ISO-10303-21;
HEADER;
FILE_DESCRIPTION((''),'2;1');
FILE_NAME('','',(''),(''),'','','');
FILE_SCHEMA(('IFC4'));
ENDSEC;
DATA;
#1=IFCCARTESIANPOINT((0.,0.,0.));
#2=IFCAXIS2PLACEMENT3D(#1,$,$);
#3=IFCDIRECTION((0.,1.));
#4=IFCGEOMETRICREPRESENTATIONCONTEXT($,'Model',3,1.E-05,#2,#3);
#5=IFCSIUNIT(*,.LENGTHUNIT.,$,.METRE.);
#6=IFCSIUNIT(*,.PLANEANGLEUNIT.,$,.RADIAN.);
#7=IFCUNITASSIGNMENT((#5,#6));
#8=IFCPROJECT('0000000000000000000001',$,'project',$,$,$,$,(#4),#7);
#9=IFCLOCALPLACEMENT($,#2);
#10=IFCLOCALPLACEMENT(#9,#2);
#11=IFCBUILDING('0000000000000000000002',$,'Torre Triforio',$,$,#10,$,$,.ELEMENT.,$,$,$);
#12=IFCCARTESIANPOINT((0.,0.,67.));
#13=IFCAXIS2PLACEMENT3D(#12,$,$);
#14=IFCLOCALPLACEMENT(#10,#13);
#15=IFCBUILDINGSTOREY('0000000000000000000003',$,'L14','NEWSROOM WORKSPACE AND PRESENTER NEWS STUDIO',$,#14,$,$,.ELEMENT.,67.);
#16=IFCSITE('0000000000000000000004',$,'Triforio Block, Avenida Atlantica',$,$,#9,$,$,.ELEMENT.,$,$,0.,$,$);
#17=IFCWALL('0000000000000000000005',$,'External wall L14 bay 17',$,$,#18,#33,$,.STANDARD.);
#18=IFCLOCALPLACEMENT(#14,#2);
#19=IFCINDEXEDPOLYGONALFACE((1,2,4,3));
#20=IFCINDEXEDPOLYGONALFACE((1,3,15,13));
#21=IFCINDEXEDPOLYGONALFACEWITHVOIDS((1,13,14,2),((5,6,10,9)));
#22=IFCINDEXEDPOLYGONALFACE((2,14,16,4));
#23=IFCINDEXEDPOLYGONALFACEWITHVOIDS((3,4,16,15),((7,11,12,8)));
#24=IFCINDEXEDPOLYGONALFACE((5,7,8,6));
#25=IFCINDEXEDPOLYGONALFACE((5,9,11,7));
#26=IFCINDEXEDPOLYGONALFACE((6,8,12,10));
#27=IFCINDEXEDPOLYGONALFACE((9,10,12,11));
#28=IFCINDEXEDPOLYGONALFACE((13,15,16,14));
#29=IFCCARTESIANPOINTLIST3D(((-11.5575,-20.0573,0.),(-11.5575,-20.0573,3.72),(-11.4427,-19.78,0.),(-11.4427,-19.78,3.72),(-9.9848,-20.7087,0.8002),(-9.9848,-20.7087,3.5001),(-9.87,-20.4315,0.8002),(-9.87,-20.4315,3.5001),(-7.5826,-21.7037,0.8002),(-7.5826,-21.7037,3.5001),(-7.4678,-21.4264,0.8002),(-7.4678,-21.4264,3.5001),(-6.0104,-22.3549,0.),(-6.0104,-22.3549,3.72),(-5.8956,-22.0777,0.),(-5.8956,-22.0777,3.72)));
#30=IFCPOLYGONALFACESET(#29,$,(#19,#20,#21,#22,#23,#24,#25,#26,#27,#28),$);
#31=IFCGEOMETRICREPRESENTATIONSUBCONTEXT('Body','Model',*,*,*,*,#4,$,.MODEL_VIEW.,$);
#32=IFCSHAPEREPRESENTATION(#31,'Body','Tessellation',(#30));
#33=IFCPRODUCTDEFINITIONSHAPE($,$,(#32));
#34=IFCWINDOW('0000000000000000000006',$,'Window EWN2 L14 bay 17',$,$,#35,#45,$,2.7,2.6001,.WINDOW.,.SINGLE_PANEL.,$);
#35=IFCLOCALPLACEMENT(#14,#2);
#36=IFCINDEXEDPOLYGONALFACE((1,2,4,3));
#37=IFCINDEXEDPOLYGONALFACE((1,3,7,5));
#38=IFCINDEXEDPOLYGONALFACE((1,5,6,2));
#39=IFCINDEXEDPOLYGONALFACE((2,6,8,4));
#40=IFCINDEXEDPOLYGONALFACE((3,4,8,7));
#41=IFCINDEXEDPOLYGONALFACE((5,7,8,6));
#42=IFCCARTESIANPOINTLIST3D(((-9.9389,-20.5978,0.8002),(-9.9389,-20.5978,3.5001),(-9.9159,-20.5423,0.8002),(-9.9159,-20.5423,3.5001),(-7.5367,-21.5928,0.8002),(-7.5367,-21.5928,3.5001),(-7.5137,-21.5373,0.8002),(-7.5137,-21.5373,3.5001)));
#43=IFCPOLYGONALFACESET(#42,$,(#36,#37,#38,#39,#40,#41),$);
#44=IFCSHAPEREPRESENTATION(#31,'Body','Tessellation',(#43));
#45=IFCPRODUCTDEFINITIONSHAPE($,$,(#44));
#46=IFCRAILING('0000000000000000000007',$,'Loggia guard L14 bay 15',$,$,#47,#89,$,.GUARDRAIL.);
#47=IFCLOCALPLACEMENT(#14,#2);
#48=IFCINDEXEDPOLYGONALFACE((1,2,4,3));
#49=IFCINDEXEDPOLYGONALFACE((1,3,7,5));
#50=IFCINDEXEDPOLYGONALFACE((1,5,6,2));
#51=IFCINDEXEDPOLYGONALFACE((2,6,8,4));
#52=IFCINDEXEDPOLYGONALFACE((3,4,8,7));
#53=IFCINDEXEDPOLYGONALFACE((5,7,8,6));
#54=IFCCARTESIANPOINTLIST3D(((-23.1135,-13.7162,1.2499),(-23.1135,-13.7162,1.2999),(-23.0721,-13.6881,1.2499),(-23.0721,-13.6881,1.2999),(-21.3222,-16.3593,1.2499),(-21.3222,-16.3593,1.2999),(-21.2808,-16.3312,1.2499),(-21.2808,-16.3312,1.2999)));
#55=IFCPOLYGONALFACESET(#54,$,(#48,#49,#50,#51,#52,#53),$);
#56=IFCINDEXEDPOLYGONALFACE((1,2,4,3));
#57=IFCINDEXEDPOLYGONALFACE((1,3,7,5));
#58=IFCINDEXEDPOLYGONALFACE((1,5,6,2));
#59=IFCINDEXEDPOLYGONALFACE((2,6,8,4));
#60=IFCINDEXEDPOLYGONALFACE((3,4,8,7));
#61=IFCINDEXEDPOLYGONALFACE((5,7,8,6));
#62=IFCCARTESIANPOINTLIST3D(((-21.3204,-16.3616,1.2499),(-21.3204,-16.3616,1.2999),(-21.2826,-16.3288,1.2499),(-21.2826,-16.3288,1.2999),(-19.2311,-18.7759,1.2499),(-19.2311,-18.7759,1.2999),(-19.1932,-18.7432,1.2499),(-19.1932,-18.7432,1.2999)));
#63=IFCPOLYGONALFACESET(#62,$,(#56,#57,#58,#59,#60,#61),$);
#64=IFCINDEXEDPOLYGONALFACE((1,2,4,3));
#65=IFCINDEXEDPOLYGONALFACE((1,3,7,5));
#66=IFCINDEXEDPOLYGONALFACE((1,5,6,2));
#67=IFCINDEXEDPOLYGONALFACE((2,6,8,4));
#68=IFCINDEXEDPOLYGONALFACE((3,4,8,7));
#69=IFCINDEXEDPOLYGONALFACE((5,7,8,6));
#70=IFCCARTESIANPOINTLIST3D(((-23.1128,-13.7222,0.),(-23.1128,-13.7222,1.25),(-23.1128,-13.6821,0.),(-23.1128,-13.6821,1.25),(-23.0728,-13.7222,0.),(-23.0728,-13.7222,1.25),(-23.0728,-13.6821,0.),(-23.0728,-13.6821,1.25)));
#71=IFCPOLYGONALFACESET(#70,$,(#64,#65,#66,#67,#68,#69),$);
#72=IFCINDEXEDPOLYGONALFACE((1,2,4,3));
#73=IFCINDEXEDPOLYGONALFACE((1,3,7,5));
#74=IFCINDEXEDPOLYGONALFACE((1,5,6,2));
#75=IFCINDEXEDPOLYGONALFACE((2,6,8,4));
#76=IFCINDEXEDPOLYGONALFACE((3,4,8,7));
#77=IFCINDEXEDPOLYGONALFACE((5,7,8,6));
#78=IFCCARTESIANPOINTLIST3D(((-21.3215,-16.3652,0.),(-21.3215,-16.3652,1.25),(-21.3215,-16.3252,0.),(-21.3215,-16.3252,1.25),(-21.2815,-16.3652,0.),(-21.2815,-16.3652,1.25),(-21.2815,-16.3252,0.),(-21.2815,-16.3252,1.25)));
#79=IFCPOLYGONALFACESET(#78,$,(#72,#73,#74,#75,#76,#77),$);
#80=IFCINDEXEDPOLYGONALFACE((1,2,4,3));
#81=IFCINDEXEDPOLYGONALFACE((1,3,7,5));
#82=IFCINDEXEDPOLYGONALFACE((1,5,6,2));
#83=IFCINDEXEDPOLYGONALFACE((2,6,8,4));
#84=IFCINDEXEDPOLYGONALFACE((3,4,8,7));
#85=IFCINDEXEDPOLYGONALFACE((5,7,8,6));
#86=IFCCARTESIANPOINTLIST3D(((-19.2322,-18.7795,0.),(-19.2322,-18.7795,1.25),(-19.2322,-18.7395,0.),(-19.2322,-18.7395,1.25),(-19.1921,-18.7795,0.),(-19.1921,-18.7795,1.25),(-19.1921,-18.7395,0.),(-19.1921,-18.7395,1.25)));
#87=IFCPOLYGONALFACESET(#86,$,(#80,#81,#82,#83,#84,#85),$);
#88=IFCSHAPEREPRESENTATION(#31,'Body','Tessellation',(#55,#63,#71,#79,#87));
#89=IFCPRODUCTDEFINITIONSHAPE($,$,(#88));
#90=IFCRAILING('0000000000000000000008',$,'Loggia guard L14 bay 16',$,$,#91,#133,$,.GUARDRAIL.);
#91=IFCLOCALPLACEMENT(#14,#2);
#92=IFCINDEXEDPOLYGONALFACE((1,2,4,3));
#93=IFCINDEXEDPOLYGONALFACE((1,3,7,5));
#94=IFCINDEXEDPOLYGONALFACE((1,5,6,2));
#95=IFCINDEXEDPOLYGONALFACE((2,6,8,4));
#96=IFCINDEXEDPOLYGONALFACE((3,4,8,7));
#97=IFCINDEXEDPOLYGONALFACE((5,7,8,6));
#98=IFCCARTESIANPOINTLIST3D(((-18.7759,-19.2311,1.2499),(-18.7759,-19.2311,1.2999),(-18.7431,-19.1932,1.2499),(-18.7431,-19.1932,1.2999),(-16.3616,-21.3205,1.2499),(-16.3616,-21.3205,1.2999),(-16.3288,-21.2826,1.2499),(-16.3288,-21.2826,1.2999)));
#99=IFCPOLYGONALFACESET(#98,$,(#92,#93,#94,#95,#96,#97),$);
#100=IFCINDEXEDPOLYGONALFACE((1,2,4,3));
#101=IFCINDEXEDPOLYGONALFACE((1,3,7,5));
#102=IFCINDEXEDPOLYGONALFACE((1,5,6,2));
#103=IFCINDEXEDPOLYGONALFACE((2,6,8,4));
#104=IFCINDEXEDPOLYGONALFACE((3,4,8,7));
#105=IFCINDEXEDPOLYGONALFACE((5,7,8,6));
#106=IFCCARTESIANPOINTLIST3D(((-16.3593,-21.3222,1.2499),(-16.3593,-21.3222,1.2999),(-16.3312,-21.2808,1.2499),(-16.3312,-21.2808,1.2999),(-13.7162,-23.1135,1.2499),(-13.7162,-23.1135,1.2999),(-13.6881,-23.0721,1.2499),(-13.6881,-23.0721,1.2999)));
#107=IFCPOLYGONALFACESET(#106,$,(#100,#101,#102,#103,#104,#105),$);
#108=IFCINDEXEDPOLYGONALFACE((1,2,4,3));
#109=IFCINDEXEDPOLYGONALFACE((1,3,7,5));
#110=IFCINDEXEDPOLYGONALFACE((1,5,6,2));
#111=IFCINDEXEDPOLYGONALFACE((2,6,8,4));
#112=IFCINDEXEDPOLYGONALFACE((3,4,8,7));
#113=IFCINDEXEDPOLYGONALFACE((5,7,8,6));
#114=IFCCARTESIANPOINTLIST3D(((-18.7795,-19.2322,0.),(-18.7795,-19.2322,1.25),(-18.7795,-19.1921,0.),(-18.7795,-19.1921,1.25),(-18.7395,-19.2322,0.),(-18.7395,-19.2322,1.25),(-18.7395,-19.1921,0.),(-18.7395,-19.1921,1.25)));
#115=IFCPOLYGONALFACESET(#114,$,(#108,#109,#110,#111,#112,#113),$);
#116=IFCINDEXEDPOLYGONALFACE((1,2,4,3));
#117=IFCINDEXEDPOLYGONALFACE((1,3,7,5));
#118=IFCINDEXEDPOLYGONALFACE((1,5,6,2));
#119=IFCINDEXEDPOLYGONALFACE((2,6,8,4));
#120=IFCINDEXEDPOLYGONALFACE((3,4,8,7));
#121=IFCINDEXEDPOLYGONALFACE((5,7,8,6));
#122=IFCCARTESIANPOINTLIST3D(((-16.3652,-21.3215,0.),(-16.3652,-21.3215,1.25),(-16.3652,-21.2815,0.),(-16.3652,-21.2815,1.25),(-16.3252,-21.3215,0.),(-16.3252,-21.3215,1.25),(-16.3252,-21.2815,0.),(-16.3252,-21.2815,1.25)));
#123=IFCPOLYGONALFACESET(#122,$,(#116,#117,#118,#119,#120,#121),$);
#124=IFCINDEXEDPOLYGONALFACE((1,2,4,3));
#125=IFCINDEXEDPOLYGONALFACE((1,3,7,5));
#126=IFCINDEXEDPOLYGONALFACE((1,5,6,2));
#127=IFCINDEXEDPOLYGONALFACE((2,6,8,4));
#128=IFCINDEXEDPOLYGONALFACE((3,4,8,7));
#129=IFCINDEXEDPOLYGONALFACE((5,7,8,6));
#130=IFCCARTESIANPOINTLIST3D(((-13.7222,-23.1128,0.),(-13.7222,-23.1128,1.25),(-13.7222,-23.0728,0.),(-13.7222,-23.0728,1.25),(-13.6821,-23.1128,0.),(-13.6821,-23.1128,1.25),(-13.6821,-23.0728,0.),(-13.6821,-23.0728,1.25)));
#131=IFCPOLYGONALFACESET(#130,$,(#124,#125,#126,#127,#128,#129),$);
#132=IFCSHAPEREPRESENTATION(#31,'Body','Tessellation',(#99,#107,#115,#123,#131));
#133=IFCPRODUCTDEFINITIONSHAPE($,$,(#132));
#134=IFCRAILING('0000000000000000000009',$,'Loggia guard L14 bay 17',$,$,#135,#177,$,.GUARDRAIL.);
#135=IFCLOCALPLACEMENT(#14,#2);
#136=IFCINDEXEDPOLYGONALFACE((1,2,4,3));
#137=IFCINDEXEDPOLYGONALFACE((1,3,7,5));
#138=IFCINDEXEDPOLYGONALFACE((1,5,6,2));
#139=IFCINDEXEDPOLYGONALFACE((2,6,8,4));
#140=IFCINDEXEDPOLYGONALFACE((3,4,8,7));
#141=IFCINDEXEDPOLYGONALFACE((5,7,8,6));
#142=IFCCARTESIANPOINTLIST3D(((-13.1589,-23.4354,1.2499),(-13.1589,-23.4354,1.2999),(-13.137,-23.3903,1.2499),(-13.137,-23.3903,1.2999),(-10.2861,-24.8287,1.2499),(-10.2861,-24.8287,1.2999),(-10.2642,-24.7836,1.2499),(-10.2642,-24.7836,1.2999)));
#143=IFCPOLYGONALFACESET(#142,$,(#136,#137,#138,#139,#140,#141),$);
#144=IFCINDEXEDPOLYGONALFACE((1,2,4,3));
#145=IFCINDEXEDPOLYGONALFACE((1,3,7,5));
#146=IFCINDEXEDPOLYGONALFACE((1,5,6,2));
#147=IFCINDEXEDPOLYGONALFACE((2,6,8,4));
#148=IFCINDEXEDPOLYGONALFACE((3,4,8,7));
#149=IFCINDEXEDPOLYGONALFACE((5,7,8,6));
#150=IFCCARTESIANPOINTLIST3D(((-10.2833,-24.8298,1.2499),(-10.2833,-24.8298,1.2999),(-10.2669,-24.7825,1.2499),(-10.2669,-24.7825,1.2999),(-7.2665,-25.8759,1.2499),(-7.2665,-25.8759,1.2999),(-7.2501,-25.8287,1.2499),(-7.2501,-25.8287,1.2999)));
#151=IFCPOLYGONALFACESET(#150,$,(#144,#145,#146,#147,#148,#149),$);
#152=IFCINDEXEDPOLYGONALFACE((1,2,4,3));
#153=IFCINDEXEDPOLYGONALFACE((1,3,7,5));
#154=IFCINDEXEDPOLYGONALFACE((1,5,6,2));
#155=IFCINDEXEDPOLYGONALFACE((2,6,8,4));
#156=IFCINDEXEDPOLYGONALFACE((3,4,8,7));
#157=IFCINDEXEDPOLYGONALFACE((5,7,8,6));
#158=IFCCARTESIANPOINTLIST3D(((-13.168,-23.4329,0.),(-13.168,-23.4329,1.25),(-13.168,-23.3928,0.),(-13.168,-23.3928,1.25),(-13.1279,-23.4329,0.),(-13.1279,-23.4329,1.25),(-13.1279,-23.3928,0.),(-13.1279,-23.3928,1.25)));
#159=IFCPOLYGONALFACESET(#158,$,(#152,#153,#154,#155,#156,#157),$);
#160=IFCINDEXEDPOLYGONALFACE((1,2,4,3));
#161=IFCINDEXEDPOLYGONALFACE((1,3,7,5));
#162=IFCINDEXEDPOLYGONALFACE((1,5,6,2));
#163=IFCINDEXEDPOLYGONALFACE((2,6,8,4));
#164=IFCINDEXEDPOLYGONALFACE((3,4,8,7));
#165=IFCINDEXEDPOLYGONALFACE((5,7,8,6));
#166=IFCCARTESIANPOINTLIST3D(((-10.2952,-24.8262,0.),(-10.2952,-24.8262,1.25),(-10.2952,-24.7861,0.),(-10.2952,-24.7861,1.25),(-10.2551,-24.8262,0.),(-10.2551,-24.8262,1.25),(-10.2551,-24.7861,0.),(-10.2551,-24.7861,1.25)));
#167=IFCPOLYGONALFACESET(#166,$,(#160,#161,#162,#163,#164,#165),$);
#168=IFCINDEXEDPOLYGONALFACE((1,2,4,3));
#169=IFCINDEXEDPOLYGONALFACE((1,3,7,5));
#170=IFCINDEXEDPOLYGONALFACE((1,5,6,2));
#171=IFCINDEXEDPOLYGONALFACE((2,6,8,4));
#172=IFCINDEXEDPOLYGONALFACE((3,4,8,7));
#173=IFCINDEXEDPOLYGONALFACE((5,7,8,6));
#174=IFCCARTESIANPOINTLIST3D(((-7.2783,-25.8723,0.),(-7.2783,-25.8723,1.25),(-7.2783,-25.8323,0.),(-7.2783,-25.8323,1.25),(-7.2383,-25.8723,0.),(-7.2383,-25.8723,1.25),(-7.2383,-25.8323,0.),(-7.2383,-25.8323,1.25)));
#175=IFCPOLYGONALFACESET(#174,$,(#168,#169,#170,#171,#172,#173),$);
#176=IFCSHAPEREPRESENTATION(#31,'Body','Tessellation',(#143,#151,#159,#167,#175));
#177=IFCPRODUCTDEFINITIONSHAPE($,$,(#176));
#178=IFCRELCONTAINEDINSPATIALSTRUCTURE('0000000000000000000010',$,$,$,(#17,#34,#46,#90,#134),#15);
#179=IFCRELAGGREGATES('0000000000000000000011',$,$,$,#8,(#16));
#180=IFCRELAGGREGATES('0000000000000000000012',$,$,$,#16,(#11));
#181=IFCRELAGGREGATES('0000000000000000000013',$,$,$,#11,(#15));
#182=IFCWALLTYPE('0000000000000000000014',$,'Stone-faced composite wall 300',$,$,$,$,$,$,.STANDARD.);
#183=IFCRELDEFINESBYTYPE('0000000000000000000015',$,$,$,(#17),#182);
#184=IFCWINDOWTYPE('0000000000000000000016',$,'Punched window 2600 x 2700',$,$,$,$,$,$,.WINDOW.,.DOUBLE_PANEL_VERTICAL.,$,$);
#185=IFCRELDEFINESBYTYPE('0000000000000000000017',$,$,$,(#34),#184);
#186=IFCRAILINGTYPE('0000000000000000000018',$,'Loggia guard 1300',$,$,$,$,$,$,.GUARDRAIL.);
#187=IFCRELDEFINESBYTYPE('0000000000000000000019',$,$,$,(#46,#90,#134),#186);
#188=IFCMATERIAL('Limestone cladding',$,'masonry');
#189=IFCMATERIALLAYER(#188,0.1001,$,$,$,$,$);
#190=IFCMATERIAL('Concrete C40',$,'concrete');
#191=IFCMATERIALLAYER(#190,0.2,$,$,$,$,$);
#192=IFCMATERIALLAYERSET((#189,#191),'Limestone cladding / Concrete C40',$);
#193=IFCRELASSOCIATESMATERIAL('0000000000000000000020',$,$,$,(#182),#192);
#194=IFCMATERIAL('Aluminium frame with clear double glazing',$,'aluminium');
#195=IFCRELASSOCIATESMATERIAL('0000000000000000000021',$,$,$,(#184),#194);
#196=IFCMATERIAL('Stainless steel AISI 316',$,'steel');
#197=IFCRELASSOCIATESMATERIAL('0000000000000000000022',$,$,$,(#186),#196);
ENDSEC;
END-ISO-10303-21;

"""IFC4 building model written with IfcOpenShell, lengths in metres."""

from ifc_helpers import new_model, si_unit, direction, frame, frame_2d, origin, origin_2d, place, context, subcontext, project, spatial, rectangle, extrude, material, layer, layer_set, type_object, element, fill, save


model = new_model("IFC4")

# Units and contexts
model_context = context("Model", 3, precision=1e-05, world=origin(), true_north=direction((0.0, 1.0)))
body_context = subcontext(model_context, "Body", "Model", "MODEL_VIEW")
ifc_project = project(units=[si_unit("LENGTHUNIT", "METRE"), si_unit("PLANEANGLEUNIT", "RADIAN")], contexts=[model_context])

# Site, building, storey
site_placement = place(None, origin())
site = spatial("IfcSite", under=ifc_project, at=site_placement, Name="Triforio Block, Avenida Atlantica", CompositionType="ELEMENT", RefElevation=0.0)
building_placement = place(site_placement, origin())
building = spatial("IfcBuilding", under=site, at=building_placement, Name="Torre Triforio", CompositionType="ELEMENT")
storey_placement = place(building_placement, frame((0.0, 0.0, 67.0)))
storey = spatial("IfcBuildingStorey", under=building, at=storey_placement, Name="L14", Description="NEWSROOM WORKSPACE AND PRESENTER NEWS STUDIO", CompositionType="ELEMENT", Elevation=67.0)

# Shared definitions
ifc_material_1 = material(Name="Limestone cladding", Category="masonry")
ifc_material_2 = material(Name="Concrete C40", Category="concrete")

# Shared definitions
ifc_layer_1 = layer(ifc_material_1, 0.1001)
ifc_layer_2 = layer(ifc_material_2, 0.2)
ifc_layer_set_1 = layer_set([ifc_layer_1, ifc_layer_2], Name="Limestone cladding / Concrete C40")
wall_type_1 = type_object("IfcWallType", Name="Stone-faced composite wall 300", PredefinedType="STANDARD", material=ifc_layer_set_1)
ifc_material_3 = material(Name="Aluminium frame with clear double glazing", Category="aluminium")
window_type_1 = type_object("IfcWindowType", Name="Punched window 2600 x 2700", PartitioningType="DOUBLE_PANEL_VERTICAL", PredefinedType="WINDOW", material=ifc_material_3)

# Wall, opening, window
wall_1_placement = place(storey_placement, frame((-11.5, -19.9187, 0.0), z_axis=(0.0, 0.0, 1.0), x_axis=(0.923885, -0.382671, 0.0)))
wall_1 = element("IfcWall", 1, at=wall_1_placement, inside=storey, type_object=wall_type_1, Name="External wall L14 bay 17", PredefinedType="STANDARD", context=body_context, shape_type="SweptSolid", body=[
    extrude(rectangle(XDim=6.0042, YDim=0.3, at=frame_2d((3.002, 0.0))), origin(), (0.0, 0.0, 1.0), 3.72),
])
opening_1_placement = place(wall_1_placement, frame((1.7021, 0.0, 0.8)))
opening_1 = element("IfcOpeningElement", 2, at=opening_1_placement, cuts=wall_1, PredefinedType="OPENING", context=body_context, shape_type="SweptSolid", body=[
    extrude(rectangle(XDim=2.6001, YDim=2.7, at=frame_2d((1.3, 1.3501))), frame((0.0, 0.1599, 0.0), z_axis=(0.0, -1.0, 0.0), x_axis=(1.0, 0.0, 0.0)), (0.0, 0.0, 1.0), 0.3201),
])
window_1_placement = place(opening_1_placement, origin())
window_1 = element("IfcWindow", 3, at=window_1_placement, inside=storey, type_object=window_type_1, Name="Window EWN2 L14 bay 17", OverallHeight=2.7, OverallWidth=2.6001, PartitioningType="SINGLE_PANEL", PredefinedType="WINDOW", context=body_context, shape_type="SweptSolid", body=[
    extrude(rectangle(XDim=2.6001, YDim=2.7, at=frame_2d((1.3, 1.3501))), frame((0.0, 0.03, 0.0), z_axis=(0.0, -1.0, 0.0), x_axis=(1.0, 0.0, 0.0)), (0.0, 0.0, 1.0), 0.0601),
])
fill(opening_1, window_1)

# Railings
ifc_material_4 = material(Name="Stainless steel AISI 316", Category="steel")
railing_type = type_object("IfcRailingType", Name="Loggia guard 1300", PredefinedType="GUARDRAIL", material=ifc_material_4)
railing_1_placement = place(storey_placement, frame((-23.0928, -13.7021, 0.0)))
element("IfcRailing", 4, at=railing_1_placement, inside=storey, type_object=railing_type, Name="Loggia guard L14 bay 15", PredefinedType="GUARDRAIL", context=body_context, shape_type="SweptSolid", body=[
    extrude(rectangle(XDim=0.05, YDim=0.05, at=origin_2d()), frame((0.0, 0.0, 1.2749), z_axis=(0.561019, -0.827803, 0.0), x_axis=(0.827803, 0.561019, 0.0)), (0.0, 0.0, 1.0), 3.1929),
    extrude(rectangle(XDim=0.05, YDim=0.05, at=origin_2d()), frame((1.7913, -2.6431, 1.2749), z_axis=(0.654386, -0.756161, 0.0), x_axis=(0.756161, 0.654386, 0.0)), (0.0, 0.0, 1.0), 3.1929),
    extrude(rectangle(XDim=0.04, YDim=0.04, at=origin_2d()), origin(), (0.0, 0.0, 1.0), 1.25),
    extrude(rectangle(XDim=0.04, YDim=0.04, at=origin_2d()), frame((1.7913, -2.6431, 0.0)), (0.0, 0.0, 1.0), 1.25),
    extrude(rectangle(XDim=0.04, YDim=0.04, at=origin_2d()), frame((3.8806, -5.0574, 0.0)), (0.0, 0.0, 1.0), 1.25),
])
railing_2_placement = place(storey_placement, frame((-18.7595, -19.2122, 0.0)))
element("IfcRailing", 5, at=railing_2_placement, inside=storey, type_object=railing_type, Name="Loggia guard L14 bay 16", PredefinedType="GUARDRAIL", context=body_context, shape_type="SweptSolid", body=[
    extrude(rectangle(XDim=0.05, YDim=0.05, at=origin_2d()), frame((0.0, 0.0, 1.2749), z_axis=(0.756161, -0.654386, 0.0), x_axis=(0.654386, 0.756161, 0.0)), (0.0, 0.0, 1.0), 3.1929),
    extrude(rectangle(XDim=0.05, YDim=0.05, at=origin_2d()), frame((2.4143, -2.0894, 1.2749), z_axis=(0.827803, -0.561019, 0.0), x_axis=(0.561019, 0.827803, 0.0)), (0.0, 0.0, 1.0), 3.1929),
    extrude(rectangle(XDim=0.04, YDim=0.04, at=origin_2d()), origin(), (0.0, 0.0, 1.0), 1.25),
    extrude(rectangle(XDim=0.04, YDim=0.04, at=origin_2d()), frame((2.4143, -2.0894, 0.0)), (0.0, 0.0, 1.0), 1.25),
    extrude(rectangle(XDim=0.04, YDim=0.04, at=origin_2d()), frame((5.0574, -3.8806, 0.0)), (0.0, 0.0, 1.0), 1.25),
])
railing_3_placement = place(storey_placement, frame((-13.1479, -23.4128, 0.0)))
element("IfcRailing", 6, at=railing_3_placement, inside=storey, type_object=railing_type, Name="Loggia guard L14 bay 17", PredefinedType="GUARDRAIL", context=body_context, shape_type="SweptSolid", body=[
    extrude(rectangle(XDim=0.05, YDim=0.05, at=origin_2d()), frame((0.0, 0.0, 1.2749), z_axis=(0.89976, -0.436384, 0.0), x_axis=(0.436384, 0.89976, 0.0)), (0.0, 0.0, 1.0), 3.1929),
    extrude(rectangle(XDim=0.05, YDim=0.05, at=origin_2d()), frame((2.8728, -1.3933, 1.2749), z_axis=(0.944807, -0.327628, 0.0), x_axis=(0.327628, 0.944807, 0.0)), (0.0, 0.0, 1.0), 3.1931),
    extrude(rectangle(XDim=0.04, YDim=0.04, at=origin_2d()), origin(), (0.0, 0.0, 1.0), 1.25),
    extrude(rectangle(XDim=0.04, YDim=0.04, at=origin_2d()), frame((2.8728, -1.3933, 0.0)), (0.0, 0.0, 1.0), 1.25),
    extrude(rectangle(XDim=0.04, YDim=0.04, at=origin_2d()), frame((5.8896, -2.4395, 0.0)), (0.0, 0.0, 1.0), 1.25),
])

save(model, "model.ifc")
